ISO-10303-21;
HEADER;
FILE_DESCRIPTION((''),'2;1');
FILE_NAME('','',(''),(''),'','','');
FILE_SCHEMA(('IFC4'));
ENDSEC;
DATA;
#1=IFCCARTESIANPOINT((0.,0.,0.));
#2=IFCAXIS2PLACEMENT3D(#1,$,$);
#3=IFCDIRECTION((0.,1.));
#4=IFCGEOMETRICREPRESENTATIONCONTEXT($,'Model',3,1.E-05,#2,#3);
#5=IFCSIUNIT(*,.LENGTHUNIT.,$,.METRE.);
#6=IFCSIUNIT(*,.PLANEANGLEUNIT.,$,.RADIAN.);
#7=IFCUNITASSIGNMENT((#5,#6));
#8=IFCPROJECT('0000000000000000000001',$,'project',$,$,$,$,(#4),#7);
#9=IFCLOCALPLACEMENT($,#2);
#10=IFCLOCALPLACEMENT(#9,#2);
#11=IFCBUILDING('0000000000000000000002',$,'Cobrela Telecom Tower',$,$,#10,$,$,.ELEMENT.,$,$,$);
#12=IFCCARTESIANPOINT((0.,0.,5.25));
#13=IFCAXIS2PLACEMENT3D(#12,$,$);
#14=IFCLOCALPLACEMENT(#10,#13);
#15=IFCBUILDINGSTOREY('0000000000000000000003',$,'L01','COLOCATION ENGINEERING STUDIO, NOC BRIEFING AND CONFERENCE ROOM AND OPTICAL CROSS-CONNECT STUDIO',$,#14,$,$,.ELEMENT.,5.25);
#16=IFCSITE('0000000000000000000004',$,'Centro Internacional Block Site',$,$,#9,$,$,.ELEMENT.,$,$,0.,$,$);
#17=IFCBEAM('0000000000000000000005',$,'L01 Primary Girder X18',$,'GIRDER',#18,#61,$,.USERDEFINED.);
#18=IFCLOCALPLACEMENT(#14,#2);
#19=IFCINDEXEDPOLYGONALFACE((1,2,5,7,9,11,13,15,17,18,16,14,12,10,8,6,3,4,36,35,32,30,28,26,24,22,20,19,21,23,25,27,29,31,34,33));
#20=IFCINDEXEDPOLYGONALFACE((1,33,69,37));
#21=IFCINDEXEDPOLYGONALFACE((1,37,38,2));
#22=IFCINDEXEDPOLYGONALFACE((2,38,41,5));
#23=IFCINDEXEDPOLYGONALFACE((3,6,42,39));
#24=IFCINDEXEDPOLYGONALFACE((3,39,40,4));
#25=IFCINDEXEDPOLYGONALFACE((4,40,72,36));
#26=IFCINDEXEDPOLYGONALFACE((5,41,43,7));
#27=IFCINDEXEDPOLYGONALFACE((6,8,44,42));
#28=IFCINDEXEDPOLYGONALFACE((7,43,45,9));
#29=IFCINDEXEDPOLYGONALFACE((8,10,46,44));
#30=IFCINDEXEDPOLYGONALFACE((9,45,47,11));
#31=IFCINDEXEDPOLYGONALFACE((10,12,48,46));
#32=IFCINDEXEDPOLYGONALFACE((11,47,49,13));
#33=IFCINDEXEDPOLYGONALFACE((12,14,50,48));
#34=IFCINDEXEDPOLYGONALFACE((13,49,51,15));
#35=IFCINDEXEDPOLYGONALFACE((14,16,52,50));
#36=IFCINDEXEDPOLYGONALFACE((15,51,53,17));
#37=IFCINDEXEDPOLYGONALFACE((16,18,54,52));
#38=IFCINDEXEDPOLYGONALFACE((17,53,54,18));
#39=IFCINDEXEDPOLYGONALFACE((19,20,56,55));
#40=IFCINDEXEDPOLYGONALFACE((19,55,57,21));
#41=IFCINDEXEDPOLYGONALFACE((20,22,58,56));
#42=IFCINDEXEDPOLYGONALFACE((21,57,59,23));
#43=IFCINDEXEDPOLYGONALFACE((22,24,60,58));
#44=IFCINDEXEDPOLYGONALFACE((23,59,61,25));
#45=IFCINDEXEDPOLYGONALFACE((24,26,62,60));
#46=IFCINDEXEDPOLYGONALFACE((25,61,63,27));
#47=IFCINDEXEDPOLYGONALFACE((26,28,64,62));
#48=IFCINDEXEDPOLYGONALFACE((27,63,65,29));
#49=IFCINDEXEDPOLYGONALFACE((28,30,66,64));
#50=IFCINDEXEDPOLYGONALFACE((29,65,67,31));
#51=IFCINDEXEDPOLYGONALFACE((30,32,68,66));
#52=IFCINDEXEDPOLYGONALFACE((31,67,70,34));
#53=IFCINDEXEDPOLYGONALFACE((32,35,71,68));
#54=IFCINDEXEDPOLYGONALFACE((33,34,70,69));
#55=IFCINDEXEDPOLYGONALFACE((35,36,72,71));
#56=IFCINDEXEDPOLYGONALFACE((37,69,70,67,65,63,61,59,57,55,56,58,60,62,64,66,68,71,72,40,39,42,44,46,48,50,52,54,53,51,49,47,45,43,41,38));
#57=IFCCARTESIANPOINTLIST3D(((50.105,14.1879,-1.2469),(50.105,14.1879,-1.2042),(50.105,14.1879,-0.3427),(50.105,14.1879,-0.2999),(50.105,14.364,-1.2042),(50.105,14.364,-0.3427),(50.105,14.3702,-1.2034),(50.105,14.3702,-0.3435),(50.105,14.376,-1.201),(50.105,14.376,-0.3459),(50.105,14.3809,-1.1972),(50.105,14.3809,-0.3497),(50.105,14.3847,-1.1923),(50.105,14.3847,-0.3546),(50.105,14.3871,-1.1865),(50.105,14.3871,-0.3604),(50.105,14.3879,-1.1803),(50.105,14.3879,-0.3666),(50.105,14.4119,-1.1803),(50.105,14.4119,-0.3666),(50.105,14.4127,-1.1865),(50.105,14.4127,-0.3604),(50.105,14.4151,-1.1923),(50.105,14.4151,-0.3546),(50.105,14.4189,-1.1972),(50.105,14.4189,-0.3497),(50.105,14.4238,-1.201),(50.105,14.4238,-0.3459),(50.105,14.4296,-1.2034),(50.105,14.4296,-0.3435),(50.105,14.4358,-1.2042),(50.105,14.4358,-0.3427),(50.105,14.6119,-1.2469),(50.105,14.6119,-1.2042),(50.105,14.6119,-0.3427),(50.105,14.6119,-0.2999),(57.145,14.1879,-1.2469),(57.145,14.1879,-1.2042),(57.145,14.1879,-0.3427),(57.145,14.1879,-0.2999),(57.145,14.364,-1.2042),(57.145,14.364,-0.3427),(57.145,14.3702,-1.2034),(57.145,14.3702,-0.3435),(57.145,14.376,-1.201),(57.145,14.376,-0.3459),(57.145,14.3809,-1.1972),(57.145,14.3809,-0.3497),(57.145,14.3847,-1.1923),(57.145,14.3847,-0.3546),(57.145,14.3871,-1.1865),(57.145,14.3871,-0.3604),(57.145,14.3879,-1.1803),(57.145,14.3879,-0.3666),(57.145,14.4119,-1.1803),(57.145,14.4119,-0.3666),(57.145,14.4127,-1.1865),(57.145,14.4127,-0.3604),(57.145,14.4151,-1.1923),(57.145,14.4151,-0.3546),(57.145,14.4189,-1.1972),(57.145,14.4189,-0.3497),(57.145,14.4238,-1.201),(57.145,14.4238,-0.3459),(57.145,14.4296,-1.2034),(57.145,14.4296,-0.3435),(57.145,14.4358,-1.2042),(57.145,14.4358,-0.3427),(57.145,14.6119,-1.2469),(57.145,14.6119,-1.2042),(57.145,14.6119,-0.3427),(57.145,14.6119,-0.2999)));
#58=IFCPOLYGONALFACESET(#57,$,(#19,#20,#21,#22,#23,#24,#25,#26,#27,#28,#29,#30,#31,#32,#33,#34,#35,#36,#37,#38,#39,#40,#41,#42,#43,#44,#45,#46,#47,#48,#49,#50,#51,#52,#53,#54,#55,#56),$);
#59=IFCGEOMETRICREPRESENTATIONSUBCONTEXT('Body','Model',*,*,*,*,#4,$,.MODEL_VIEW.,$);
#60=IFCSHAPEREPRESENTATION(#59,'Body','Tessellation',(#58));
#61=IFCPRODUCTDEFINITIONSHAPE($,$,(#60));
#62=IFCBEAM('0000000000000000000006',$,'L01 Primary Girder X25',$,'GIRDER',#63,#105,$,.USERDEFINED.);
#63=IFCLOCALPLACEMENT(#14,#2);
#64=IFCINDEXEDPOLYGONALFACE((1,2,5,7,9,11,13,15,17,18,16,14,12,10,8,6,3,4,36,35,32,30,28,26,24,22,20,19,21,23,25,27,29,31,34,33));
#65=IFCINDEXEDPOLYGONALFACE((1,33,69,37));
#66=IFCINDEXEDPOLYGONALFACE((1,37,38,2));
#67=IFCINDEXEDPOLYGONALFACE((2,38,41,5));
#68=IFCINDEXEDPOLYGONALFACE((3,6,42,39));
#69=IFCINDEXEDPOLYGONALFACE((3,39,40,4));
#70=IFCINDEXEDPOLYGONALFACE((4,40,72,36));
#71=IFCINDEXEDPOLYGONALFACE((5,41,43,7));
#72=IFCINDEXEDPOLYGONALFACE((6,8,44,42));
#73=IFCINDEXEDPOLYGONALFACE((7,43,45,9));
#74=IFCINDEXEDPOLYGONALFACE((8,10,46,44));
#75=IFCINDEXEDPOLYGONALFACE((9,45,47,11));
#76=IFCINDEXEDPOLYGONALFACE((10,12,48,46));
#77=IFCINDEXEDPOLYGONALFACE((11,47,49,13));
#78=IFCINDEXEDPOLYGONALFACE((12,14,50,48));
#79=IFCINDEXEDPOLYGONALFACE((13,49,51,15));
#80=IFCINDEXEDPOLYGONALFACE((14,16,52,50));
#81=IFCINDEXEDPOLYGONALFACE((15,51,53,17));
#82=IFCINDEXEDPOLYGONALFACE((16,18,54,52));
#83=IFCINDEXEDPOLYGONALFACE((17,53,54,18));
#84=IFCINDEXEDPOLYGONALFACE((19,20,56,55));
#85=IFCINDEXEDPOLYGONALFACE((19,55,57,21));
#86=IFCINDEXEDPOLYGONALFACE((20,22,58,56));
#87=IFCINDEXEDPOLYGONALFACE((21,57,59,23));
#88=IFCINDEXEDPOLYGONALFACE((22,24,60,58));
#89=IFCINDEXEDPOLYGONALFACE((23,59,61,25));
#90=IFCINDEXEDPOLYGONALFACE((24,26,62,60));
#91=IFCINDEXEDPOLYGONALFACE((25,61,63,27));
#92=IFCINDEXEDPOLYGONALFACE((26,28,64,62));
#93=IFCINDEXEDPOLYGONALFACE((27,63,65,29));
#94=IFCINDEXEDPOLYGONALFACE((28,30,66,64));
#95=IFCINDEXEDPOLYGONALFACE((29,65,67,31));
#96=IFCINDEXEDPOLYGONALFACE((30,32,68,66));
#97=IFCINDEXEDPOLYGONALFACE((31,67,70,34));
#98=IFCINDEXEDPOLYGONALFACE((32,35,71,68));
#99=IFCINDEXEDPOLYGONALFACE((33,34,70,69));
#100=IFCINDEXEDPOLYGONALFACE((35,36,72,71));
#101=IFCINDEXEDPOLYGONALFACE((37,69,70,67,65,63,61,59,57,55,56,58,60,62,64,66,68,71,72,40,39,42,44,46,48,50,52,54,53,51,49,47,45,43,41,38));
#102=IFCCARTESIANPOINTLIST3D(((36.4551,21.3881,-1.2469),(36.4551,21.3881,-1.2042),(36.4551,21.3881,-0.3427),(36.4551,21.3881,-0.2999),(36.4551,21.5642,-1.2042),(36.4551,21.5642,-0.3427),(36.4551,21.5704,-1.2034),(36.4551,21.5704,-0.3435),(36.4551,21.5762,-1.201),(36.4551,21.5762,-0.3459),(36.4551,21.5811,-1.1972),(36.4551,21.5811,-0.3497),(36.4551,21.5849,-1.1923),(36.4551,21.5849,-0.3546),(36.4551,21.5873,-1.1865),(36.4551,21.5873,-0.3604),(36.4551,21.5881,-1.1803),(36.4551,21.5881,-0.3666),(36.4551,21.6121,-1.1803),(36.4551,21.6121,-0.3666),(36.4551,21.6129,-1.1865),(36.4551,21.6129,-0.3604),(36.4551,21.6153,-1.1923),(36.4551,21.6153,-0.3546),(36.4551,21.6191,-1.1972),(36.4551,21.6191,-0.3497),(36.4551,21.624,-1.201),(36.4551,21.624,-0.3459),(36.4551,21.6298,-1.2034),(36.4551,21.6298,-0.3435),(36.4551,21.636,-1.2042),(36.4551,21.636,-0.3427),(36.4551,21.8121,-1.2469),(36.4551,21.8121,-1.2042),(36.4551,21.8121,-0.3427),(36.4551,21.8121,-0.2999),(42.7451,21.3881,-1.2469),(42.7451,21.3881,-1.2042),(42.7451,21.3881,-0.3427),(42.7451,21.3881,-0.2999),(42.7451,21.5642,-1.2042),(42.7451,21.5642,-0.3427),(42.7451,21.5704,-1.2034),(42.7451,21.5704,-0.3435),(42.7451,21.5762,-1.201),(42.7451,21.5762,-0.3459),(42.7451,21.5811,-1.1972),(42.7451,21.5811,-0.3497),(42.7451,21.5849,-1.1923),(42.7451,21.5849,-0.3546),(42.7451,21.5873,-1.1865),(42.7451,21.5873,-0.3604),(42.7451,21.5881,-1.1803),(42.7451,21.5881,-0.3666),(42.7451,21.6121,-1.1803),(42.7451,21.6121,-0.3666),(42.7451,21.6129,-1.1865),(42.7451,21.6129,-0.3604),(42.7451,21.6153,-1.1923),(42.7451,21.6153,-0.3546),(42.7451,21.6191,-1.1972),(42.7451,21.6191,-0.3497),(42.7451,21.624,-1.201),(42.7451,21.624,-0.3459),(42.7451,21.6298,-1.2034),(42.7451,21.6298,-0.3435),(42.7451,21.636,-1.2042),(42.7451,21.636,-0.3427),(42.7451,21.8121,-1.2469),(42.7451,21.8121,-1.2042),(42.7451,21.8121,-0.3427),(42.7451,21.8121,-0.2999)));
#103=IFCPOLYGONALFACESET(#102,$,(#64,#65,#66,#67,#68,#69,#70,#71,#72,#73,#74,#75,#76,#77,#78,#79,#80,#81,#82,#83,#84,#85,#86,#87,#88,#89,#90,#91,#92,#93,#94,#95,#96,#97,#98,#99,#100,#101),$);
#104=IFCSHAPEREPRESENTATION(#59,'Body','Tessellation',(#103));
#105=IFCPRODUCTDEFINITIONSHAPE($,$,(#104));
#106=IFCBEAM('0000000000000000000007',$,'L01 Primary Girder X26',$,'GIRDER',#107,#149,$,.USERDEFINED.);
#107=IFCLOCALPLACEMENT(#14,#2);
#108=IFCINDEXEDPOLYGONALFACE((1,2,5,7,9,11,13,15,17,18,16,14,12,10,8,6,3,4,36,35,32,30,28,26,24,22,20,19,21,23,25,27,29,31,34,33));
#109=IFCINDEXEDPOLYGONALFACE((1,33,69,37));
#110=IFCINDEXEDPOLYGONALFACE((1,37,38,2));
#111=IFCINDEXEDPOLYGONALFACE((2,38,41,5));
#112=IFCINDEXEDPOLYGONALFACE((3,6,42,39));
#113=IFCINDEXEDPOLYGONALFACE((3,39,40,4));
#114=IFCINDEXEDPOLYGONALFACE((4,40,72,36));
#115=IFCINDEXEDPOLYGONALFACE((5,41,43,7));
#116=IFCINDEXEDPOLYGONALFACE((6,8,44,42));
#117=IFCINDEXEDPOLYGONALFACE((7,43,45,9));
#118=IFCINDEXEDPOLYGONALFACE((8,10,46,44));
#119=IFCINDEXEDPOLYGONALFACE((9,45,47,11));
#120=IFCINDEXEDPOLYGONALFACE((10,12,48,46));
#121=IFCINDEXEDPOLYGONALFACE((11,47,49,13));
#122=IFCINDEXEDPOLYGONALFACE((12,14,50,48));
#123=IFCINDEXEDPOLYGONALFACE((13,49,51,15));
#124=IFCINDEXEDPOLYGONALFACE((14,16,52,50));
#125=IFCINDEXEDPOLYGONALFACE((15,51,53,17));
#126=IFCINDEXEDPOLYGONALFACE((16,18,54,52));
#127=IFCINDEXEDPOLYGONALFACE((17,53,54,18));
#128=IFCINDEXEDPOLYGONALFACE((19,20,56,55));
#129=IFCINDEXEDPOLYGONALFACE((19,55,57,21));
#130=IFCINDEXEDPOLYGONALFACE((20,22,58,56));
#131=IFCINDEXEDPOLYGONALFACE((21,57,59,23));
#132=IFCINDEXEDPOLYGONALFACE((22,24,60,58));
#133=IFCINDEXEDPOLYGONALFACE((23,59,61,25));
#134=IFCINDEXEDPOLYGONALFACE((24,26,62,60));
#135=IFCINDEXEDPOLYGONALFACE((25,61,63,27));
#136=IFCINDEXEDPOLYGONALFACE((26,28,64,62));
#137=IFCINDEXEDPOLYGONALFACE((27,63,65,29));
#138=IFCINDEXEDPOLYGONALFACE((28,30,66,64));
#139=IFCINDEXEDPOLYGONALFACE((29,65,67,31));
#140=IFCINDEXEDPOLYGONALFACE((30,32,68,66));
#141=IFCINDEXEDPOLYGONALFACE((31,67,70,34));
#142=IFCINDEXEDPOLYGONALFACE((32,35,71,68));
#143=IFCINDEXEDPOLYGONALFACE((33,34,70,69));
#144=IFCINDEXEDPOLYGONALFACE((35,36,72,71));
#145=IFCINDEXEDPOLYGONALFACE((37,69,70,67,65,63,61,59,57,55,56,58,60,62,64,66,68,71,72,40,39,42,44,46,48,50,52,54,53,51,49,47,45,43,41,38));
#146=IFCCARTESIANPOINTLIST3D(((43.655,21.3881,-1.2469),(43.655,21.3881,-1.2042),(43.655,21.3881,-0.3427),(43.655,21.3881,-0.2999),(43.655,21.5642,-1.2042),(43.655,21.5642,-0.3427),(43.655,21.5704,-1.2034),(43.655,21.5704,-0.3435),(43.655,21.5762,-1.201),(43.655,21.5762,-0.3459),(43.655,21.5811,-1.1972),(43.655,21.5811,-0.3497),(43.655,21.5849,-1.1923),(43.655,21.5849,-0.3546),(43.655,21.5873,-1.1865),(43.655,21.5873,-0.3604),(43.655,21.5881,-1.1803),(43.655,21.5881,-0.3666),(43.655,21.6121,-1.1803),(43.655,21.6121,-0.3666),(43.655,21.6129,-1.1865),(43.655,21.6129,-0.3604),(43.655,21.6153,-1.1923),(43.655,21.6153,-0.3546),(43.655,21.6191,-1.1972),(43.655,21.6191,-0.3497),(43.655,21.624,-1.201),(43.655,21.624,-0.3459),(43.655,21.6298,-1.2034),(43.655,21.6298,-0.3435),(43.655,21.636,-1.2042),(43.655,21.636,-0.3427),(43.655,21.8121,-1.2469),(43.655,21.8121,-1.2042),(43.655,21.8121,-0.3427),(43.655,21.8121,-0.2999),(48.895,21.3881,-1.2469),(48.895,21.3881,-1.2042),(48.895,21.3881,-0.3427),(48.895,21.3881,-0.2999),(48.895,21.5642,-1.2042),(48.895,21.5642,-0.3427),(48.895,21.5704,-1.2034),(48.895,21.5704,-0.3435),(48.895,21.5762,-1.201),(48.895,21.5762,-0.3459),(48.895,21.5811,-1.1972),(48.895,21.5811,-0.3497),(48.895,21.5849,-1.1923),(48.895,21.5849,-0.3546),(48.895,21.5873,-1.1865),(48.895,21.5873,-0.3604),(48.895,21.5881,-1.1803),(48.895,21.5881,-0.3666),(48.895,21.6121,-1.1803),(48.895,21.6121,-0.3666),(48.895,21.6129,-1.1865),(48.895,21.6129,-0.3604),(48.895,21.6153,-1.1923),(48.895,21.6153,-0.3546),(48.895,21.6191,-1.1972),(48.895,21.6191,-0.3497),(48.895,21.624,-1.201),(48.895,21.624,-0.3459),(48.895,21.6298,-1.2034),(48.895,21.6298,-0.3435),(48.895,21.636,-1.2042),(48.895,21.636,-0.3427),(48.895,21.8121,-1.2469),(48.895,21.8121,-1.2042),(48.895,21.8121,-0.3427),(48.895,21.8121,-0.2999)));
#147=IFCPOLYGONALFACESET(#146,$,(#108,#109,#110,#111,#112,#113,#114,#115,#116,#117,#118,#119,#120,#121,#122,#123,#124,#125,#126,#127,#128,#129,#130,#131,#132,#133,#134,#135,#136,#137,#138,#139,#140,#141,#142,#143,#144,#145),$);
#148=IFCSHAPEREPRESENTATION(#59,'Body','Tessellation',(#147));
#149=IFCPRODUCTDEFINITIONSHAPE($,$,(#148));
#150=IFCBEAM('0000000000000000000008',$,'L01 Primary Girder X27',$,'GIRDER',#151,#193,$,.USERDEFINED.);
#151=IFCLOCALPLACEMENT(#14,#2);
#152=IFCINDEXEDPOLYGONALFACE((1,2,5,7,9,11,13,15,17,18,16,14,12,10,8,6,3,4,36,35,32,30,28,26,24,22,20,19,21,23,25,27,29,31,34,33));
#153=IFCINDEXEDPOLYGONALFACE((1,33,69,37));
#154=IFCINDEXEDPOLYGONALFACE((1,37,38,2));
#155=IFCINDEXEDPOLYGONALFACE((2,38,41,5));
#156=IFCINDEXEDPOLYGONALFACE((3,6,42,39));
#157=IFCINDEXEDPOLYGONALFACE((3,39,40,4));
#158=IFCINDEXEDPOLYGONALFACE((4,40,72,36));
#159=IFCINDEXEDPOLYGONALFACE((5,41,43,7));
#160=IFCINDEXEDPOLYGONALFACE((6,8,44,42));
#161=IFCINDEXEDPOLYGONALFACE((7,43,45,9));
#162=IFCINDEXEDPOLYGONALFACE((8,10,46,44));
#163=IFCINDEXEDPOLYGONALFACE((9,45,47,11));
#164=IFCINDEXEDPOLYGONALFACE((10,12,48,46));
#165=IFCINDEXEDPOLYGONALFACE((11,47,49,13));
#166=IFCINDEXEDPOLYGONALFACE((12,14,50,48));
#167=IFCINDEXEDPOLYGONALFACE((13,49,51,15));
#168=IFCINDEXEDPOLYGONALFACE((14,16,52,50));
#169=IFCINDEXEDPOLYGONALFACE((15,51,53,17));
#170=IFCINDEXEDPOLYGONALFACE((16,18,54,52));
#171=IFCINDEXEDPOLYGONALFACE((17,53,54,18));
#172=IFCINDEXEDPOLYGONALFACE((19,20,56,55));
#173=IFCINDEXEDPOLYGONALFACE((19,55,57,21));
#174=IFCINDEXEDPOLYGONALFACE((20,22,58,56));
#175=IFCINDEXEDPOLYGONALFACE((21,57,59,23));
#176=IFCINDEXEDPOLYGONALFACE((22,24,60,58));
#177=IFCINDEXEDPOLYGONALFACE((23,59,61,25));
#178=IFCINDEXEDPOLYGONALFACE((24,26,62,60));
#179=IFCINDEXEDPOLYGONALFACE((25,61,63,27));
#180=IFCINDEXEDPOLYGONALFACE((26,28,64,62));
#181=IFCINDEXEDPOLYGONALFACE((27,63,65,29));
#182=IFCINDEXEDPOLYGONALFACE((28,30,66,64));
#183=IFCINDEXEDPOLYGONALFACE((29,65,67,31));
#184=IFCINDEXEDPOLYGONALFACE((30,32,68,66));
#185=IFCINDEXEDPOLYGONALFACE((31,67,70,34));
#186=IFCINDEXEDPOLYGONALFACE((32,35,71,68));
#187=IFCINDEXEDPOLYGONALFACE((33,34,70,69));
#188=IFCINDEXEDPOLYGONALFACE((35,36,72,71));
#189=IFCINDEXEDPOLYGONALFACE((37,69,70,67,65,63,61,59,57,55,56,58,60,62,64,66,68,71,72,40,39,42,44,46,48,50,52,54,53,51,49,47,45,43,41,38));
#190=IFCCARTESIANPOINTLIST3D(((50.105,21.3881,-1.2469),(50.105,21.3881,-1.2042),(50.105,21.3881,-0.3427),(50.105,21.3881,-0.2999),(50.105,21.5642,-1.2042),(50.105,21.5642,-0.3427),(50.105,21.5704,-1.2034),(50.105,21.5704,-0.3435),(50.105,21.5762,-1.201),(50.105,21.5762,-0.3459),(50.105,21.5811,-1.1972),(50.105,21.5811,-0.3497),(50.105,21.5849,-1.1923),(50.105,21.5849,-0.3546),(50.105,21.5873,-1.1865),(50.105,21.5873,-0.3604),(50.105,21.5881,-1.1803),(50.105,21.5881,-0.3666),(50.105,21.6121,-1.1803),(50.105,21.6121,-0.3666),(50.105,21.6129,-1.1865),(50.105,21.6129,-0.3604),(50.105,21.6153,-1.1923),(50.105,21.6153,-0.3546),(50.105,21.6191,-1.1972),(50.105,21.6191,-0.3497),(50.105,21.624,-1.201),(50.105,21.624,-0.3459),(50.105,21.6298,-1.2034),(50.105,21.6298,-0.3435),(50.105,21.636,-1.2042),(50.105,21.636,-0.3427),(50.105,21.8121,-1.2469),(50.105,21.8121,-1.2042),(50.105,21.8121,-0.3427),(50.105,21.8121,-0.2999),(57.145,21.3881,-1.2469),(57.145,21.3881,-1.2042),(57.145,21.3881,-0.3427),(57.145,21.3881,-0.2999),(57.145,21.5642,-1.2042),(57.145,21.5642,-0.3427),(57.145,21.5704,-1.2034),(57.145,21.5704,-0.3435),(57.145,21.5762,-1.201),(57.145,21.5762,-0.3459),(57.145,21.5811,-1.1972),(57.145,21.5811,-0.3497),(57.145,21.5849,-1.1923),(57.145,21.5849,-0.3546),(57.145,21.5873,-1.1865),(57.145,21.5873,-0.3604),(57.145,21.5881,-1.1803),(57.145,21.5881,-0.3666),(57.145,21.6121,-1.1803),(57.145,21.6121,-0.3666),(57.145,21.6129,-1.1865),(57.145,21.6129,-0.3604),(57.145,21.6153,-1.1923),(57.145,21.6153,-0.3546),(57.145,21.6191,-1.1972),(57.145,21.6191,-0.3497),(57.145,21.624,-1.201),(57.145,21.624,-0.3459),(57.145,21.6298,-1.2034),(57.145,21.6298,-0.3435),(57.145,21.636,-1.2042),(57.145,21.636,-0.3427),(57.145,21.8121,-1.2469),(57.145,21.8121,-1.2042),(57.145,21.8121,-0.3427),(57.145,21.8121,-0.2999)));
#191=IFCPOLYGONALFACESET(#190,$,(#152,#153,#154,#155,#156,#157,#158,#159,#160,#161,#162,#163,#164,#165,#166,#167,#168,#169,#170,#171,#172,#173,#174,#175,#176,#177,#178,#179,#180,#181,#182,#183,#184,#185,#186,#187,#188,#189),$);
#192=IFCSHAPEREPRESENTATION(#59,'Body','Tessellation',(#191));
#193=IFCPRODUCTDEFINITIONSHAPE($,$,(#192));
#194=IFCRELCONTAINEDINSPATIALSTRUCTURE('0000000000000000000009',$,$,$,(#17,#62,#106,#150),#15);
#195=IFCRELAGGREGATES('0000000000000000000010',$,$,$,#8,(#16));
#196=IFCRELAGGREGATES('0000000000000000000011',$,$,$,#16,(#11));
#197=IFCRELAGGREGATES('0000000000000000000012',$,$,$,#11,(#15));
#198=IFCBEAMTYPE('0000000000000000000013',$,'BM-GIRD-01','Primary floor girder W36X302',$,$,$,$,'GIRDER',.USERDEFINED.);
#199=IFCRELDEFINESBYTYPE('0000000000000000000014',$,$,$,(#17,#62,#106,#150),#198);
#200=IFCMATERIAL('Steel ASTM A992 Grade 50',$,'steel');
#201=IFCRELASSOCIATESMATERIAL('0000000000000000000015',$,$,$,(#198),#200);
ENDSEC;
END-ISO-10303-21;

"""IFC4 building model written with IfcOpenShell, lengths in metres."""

from ifc_helpers import new_model, si_unit, direction, frame, origin, origin_2d, place, context, subcontext, project, spatial, i_section, extrude, material, material_profile, profile_set, type_object, element, save


model = new_model("IFC4")

# Units and contexts
model_context = context("Model", 3, precision=1e-05, world=origin(), true_north=direction((0.0, 1.0)))
body_context = subcontext(model_context, "Body", "Model", "MODEL_VIEW")
ifc_project = project(units=[si_unit("LENGTHUNIT", "METRE"), si_unit("PLANEANGLEUNIT", "RADIAN")], contexts=[model_context])

# Site, building, storey
site_placement = place(None, origin())
site = spatial("IfcSite", under=ifc_project, at=site_placement, Name="Centro Internacional Block Site", CompositionType="ELEMENT", RefElevation=0.0)
building_placement = place(site_placement, origin())
building = spatial("IfcBuilding", under=site, at=building_placement, Name="Cobrela Telecom Tower", CompositionType="ELEMENT")
storey_placement = place(building_placement, frame((0.0, 0.0, 5.25)))
storey = spatial("IfcBuildingStorey", under=building, at=storey_placement, Name="L01", Description="COLOCATION ENGINEERING STUDIO, NOC BRIEFING AND CONFERENCE ROOM AND OPTICAL CROSS-CONNECT STUDIO", CompositionType="ELEMENT", Elevation=5.25)

# Beams
ifc_material_1 = material(Name="Steel ASTM A992 Grade 50", Category="steel")
ifc_material_profile_1 = material_profile(ifc_material_1, i_section(OverallWidth=0.4241, OverallDepth=0.947, WebThickness=0.0239, FlangeThickness=0.0427, FilletRadius=0.0239, at=origin_2d()), Name="W36X302")
ifc_profile_set_1 = profile_set([ifc_material_profile_1], Name="Steel ASTM A992 Grade 50")
beam_type_1 = type_object("IfcBeamType", Name="BM-GIRD-01", Description="Primary floor girder W36X302", ElementType="GIRDER", PredefinedType="USERDEFINED", material=ifc_profile_set_1)
beam_1_placement = place(storey_placement, frame((50.105, 14.3999, -0.7734), z_axis=(1.0, 0.0, 0.0), x_axis=(0.0, 1.0, 0.0)))
element("IfcBeam", 1, at=beam_1_placement, inside=storey, type_object=beam_type_1, Name="L01 Primary Girder X18", ObjectType="GIRDER", PredefinedType="USERDEFINED", context=body_context, shape_type="SweptSolid", body=[
    extrude(i_section(OverallWidth=0.4241, OverallDepth=0.947, WebThickness=0.0239, FlangeThickness=0.0427, FilletRadius=0.0239, at=origin_2d()), origin(), (0.0, 0.0, 1.0), 7.04),
])
beam_2_placement = place(storey_placement, frame((36.4551, 21.6001, -0.7734), z_axis=(1.0, 0.0, 0.0), x_axis=(0.0, 1.0, 0.0)))
element("IfcBeam", 2, at=beam_2_placement, inside=storey, type_object=beam_type_1, Name="L01 Primary Girder X25", ObjectType="GIRDER", PredefinedType="USERDEFINED", context=body_context, shape_type="SweptSolid", body=[
    extrude(i_section(OverallWidth=0.4241, OverallDepth=0.947, WebThickness=0.0239, FlangeThickness=0.0427, FilletRadius=0.0239, at=origin_2d()), origin(), (0.0, 0.0, 1.0), 6.29),
])
beam_3_placement = place(storey_placement, frame((43.655, 21.6001, -0.7734), z_axis=(1.0, 0.0, 0.0), x_axis=(0.0, 1.0, 0.0)))
element("IfcBeam", 3, at=beam_3_placement, inside=storey, type_object=beam_type_1, Name="L01 Primary Girder X26", ObjectType="GIRDER", PredefinedType="USERDEFINED", context=body_context, shape_type="SweptSolid", body=[
    extrude(i_section(OverallWidth=0.4241, OverallDepth=0.947, WebThickness=0.0239, FlangeThickness=0.0427, FilletRadius=0.0239, at=origin_2d()), origin(), (0.0, 0.0, 1.0), 5.24),
])
beam_4_placement = place(storey_placement, frame((50.105, 21.6001, -0.7734), z_axis=(1.0, 0.0, 0.0), x_axis=(0.0, 1.0, 0.0)))
element("IfcBeam", 4, at=beam_4_placement, inside=storey, type_object=beam_type_1, Name="L01 Primary Girder X27", ObjectType="GIRDER", PredefinedType="USERDEFINED", context=body_context, shape_type="SweptSolid", body=[
    extrude(i_section(OverallWidth=0.4241, OverallDepth=0.947, WebThickness=0.0239, FlangeThickness=0.0427, FilletRadius=0.0239, at=origin_2d()), origin(), (0.0, 0.0, 1.0), 7.04),
])

save(model, "model.ifc")
